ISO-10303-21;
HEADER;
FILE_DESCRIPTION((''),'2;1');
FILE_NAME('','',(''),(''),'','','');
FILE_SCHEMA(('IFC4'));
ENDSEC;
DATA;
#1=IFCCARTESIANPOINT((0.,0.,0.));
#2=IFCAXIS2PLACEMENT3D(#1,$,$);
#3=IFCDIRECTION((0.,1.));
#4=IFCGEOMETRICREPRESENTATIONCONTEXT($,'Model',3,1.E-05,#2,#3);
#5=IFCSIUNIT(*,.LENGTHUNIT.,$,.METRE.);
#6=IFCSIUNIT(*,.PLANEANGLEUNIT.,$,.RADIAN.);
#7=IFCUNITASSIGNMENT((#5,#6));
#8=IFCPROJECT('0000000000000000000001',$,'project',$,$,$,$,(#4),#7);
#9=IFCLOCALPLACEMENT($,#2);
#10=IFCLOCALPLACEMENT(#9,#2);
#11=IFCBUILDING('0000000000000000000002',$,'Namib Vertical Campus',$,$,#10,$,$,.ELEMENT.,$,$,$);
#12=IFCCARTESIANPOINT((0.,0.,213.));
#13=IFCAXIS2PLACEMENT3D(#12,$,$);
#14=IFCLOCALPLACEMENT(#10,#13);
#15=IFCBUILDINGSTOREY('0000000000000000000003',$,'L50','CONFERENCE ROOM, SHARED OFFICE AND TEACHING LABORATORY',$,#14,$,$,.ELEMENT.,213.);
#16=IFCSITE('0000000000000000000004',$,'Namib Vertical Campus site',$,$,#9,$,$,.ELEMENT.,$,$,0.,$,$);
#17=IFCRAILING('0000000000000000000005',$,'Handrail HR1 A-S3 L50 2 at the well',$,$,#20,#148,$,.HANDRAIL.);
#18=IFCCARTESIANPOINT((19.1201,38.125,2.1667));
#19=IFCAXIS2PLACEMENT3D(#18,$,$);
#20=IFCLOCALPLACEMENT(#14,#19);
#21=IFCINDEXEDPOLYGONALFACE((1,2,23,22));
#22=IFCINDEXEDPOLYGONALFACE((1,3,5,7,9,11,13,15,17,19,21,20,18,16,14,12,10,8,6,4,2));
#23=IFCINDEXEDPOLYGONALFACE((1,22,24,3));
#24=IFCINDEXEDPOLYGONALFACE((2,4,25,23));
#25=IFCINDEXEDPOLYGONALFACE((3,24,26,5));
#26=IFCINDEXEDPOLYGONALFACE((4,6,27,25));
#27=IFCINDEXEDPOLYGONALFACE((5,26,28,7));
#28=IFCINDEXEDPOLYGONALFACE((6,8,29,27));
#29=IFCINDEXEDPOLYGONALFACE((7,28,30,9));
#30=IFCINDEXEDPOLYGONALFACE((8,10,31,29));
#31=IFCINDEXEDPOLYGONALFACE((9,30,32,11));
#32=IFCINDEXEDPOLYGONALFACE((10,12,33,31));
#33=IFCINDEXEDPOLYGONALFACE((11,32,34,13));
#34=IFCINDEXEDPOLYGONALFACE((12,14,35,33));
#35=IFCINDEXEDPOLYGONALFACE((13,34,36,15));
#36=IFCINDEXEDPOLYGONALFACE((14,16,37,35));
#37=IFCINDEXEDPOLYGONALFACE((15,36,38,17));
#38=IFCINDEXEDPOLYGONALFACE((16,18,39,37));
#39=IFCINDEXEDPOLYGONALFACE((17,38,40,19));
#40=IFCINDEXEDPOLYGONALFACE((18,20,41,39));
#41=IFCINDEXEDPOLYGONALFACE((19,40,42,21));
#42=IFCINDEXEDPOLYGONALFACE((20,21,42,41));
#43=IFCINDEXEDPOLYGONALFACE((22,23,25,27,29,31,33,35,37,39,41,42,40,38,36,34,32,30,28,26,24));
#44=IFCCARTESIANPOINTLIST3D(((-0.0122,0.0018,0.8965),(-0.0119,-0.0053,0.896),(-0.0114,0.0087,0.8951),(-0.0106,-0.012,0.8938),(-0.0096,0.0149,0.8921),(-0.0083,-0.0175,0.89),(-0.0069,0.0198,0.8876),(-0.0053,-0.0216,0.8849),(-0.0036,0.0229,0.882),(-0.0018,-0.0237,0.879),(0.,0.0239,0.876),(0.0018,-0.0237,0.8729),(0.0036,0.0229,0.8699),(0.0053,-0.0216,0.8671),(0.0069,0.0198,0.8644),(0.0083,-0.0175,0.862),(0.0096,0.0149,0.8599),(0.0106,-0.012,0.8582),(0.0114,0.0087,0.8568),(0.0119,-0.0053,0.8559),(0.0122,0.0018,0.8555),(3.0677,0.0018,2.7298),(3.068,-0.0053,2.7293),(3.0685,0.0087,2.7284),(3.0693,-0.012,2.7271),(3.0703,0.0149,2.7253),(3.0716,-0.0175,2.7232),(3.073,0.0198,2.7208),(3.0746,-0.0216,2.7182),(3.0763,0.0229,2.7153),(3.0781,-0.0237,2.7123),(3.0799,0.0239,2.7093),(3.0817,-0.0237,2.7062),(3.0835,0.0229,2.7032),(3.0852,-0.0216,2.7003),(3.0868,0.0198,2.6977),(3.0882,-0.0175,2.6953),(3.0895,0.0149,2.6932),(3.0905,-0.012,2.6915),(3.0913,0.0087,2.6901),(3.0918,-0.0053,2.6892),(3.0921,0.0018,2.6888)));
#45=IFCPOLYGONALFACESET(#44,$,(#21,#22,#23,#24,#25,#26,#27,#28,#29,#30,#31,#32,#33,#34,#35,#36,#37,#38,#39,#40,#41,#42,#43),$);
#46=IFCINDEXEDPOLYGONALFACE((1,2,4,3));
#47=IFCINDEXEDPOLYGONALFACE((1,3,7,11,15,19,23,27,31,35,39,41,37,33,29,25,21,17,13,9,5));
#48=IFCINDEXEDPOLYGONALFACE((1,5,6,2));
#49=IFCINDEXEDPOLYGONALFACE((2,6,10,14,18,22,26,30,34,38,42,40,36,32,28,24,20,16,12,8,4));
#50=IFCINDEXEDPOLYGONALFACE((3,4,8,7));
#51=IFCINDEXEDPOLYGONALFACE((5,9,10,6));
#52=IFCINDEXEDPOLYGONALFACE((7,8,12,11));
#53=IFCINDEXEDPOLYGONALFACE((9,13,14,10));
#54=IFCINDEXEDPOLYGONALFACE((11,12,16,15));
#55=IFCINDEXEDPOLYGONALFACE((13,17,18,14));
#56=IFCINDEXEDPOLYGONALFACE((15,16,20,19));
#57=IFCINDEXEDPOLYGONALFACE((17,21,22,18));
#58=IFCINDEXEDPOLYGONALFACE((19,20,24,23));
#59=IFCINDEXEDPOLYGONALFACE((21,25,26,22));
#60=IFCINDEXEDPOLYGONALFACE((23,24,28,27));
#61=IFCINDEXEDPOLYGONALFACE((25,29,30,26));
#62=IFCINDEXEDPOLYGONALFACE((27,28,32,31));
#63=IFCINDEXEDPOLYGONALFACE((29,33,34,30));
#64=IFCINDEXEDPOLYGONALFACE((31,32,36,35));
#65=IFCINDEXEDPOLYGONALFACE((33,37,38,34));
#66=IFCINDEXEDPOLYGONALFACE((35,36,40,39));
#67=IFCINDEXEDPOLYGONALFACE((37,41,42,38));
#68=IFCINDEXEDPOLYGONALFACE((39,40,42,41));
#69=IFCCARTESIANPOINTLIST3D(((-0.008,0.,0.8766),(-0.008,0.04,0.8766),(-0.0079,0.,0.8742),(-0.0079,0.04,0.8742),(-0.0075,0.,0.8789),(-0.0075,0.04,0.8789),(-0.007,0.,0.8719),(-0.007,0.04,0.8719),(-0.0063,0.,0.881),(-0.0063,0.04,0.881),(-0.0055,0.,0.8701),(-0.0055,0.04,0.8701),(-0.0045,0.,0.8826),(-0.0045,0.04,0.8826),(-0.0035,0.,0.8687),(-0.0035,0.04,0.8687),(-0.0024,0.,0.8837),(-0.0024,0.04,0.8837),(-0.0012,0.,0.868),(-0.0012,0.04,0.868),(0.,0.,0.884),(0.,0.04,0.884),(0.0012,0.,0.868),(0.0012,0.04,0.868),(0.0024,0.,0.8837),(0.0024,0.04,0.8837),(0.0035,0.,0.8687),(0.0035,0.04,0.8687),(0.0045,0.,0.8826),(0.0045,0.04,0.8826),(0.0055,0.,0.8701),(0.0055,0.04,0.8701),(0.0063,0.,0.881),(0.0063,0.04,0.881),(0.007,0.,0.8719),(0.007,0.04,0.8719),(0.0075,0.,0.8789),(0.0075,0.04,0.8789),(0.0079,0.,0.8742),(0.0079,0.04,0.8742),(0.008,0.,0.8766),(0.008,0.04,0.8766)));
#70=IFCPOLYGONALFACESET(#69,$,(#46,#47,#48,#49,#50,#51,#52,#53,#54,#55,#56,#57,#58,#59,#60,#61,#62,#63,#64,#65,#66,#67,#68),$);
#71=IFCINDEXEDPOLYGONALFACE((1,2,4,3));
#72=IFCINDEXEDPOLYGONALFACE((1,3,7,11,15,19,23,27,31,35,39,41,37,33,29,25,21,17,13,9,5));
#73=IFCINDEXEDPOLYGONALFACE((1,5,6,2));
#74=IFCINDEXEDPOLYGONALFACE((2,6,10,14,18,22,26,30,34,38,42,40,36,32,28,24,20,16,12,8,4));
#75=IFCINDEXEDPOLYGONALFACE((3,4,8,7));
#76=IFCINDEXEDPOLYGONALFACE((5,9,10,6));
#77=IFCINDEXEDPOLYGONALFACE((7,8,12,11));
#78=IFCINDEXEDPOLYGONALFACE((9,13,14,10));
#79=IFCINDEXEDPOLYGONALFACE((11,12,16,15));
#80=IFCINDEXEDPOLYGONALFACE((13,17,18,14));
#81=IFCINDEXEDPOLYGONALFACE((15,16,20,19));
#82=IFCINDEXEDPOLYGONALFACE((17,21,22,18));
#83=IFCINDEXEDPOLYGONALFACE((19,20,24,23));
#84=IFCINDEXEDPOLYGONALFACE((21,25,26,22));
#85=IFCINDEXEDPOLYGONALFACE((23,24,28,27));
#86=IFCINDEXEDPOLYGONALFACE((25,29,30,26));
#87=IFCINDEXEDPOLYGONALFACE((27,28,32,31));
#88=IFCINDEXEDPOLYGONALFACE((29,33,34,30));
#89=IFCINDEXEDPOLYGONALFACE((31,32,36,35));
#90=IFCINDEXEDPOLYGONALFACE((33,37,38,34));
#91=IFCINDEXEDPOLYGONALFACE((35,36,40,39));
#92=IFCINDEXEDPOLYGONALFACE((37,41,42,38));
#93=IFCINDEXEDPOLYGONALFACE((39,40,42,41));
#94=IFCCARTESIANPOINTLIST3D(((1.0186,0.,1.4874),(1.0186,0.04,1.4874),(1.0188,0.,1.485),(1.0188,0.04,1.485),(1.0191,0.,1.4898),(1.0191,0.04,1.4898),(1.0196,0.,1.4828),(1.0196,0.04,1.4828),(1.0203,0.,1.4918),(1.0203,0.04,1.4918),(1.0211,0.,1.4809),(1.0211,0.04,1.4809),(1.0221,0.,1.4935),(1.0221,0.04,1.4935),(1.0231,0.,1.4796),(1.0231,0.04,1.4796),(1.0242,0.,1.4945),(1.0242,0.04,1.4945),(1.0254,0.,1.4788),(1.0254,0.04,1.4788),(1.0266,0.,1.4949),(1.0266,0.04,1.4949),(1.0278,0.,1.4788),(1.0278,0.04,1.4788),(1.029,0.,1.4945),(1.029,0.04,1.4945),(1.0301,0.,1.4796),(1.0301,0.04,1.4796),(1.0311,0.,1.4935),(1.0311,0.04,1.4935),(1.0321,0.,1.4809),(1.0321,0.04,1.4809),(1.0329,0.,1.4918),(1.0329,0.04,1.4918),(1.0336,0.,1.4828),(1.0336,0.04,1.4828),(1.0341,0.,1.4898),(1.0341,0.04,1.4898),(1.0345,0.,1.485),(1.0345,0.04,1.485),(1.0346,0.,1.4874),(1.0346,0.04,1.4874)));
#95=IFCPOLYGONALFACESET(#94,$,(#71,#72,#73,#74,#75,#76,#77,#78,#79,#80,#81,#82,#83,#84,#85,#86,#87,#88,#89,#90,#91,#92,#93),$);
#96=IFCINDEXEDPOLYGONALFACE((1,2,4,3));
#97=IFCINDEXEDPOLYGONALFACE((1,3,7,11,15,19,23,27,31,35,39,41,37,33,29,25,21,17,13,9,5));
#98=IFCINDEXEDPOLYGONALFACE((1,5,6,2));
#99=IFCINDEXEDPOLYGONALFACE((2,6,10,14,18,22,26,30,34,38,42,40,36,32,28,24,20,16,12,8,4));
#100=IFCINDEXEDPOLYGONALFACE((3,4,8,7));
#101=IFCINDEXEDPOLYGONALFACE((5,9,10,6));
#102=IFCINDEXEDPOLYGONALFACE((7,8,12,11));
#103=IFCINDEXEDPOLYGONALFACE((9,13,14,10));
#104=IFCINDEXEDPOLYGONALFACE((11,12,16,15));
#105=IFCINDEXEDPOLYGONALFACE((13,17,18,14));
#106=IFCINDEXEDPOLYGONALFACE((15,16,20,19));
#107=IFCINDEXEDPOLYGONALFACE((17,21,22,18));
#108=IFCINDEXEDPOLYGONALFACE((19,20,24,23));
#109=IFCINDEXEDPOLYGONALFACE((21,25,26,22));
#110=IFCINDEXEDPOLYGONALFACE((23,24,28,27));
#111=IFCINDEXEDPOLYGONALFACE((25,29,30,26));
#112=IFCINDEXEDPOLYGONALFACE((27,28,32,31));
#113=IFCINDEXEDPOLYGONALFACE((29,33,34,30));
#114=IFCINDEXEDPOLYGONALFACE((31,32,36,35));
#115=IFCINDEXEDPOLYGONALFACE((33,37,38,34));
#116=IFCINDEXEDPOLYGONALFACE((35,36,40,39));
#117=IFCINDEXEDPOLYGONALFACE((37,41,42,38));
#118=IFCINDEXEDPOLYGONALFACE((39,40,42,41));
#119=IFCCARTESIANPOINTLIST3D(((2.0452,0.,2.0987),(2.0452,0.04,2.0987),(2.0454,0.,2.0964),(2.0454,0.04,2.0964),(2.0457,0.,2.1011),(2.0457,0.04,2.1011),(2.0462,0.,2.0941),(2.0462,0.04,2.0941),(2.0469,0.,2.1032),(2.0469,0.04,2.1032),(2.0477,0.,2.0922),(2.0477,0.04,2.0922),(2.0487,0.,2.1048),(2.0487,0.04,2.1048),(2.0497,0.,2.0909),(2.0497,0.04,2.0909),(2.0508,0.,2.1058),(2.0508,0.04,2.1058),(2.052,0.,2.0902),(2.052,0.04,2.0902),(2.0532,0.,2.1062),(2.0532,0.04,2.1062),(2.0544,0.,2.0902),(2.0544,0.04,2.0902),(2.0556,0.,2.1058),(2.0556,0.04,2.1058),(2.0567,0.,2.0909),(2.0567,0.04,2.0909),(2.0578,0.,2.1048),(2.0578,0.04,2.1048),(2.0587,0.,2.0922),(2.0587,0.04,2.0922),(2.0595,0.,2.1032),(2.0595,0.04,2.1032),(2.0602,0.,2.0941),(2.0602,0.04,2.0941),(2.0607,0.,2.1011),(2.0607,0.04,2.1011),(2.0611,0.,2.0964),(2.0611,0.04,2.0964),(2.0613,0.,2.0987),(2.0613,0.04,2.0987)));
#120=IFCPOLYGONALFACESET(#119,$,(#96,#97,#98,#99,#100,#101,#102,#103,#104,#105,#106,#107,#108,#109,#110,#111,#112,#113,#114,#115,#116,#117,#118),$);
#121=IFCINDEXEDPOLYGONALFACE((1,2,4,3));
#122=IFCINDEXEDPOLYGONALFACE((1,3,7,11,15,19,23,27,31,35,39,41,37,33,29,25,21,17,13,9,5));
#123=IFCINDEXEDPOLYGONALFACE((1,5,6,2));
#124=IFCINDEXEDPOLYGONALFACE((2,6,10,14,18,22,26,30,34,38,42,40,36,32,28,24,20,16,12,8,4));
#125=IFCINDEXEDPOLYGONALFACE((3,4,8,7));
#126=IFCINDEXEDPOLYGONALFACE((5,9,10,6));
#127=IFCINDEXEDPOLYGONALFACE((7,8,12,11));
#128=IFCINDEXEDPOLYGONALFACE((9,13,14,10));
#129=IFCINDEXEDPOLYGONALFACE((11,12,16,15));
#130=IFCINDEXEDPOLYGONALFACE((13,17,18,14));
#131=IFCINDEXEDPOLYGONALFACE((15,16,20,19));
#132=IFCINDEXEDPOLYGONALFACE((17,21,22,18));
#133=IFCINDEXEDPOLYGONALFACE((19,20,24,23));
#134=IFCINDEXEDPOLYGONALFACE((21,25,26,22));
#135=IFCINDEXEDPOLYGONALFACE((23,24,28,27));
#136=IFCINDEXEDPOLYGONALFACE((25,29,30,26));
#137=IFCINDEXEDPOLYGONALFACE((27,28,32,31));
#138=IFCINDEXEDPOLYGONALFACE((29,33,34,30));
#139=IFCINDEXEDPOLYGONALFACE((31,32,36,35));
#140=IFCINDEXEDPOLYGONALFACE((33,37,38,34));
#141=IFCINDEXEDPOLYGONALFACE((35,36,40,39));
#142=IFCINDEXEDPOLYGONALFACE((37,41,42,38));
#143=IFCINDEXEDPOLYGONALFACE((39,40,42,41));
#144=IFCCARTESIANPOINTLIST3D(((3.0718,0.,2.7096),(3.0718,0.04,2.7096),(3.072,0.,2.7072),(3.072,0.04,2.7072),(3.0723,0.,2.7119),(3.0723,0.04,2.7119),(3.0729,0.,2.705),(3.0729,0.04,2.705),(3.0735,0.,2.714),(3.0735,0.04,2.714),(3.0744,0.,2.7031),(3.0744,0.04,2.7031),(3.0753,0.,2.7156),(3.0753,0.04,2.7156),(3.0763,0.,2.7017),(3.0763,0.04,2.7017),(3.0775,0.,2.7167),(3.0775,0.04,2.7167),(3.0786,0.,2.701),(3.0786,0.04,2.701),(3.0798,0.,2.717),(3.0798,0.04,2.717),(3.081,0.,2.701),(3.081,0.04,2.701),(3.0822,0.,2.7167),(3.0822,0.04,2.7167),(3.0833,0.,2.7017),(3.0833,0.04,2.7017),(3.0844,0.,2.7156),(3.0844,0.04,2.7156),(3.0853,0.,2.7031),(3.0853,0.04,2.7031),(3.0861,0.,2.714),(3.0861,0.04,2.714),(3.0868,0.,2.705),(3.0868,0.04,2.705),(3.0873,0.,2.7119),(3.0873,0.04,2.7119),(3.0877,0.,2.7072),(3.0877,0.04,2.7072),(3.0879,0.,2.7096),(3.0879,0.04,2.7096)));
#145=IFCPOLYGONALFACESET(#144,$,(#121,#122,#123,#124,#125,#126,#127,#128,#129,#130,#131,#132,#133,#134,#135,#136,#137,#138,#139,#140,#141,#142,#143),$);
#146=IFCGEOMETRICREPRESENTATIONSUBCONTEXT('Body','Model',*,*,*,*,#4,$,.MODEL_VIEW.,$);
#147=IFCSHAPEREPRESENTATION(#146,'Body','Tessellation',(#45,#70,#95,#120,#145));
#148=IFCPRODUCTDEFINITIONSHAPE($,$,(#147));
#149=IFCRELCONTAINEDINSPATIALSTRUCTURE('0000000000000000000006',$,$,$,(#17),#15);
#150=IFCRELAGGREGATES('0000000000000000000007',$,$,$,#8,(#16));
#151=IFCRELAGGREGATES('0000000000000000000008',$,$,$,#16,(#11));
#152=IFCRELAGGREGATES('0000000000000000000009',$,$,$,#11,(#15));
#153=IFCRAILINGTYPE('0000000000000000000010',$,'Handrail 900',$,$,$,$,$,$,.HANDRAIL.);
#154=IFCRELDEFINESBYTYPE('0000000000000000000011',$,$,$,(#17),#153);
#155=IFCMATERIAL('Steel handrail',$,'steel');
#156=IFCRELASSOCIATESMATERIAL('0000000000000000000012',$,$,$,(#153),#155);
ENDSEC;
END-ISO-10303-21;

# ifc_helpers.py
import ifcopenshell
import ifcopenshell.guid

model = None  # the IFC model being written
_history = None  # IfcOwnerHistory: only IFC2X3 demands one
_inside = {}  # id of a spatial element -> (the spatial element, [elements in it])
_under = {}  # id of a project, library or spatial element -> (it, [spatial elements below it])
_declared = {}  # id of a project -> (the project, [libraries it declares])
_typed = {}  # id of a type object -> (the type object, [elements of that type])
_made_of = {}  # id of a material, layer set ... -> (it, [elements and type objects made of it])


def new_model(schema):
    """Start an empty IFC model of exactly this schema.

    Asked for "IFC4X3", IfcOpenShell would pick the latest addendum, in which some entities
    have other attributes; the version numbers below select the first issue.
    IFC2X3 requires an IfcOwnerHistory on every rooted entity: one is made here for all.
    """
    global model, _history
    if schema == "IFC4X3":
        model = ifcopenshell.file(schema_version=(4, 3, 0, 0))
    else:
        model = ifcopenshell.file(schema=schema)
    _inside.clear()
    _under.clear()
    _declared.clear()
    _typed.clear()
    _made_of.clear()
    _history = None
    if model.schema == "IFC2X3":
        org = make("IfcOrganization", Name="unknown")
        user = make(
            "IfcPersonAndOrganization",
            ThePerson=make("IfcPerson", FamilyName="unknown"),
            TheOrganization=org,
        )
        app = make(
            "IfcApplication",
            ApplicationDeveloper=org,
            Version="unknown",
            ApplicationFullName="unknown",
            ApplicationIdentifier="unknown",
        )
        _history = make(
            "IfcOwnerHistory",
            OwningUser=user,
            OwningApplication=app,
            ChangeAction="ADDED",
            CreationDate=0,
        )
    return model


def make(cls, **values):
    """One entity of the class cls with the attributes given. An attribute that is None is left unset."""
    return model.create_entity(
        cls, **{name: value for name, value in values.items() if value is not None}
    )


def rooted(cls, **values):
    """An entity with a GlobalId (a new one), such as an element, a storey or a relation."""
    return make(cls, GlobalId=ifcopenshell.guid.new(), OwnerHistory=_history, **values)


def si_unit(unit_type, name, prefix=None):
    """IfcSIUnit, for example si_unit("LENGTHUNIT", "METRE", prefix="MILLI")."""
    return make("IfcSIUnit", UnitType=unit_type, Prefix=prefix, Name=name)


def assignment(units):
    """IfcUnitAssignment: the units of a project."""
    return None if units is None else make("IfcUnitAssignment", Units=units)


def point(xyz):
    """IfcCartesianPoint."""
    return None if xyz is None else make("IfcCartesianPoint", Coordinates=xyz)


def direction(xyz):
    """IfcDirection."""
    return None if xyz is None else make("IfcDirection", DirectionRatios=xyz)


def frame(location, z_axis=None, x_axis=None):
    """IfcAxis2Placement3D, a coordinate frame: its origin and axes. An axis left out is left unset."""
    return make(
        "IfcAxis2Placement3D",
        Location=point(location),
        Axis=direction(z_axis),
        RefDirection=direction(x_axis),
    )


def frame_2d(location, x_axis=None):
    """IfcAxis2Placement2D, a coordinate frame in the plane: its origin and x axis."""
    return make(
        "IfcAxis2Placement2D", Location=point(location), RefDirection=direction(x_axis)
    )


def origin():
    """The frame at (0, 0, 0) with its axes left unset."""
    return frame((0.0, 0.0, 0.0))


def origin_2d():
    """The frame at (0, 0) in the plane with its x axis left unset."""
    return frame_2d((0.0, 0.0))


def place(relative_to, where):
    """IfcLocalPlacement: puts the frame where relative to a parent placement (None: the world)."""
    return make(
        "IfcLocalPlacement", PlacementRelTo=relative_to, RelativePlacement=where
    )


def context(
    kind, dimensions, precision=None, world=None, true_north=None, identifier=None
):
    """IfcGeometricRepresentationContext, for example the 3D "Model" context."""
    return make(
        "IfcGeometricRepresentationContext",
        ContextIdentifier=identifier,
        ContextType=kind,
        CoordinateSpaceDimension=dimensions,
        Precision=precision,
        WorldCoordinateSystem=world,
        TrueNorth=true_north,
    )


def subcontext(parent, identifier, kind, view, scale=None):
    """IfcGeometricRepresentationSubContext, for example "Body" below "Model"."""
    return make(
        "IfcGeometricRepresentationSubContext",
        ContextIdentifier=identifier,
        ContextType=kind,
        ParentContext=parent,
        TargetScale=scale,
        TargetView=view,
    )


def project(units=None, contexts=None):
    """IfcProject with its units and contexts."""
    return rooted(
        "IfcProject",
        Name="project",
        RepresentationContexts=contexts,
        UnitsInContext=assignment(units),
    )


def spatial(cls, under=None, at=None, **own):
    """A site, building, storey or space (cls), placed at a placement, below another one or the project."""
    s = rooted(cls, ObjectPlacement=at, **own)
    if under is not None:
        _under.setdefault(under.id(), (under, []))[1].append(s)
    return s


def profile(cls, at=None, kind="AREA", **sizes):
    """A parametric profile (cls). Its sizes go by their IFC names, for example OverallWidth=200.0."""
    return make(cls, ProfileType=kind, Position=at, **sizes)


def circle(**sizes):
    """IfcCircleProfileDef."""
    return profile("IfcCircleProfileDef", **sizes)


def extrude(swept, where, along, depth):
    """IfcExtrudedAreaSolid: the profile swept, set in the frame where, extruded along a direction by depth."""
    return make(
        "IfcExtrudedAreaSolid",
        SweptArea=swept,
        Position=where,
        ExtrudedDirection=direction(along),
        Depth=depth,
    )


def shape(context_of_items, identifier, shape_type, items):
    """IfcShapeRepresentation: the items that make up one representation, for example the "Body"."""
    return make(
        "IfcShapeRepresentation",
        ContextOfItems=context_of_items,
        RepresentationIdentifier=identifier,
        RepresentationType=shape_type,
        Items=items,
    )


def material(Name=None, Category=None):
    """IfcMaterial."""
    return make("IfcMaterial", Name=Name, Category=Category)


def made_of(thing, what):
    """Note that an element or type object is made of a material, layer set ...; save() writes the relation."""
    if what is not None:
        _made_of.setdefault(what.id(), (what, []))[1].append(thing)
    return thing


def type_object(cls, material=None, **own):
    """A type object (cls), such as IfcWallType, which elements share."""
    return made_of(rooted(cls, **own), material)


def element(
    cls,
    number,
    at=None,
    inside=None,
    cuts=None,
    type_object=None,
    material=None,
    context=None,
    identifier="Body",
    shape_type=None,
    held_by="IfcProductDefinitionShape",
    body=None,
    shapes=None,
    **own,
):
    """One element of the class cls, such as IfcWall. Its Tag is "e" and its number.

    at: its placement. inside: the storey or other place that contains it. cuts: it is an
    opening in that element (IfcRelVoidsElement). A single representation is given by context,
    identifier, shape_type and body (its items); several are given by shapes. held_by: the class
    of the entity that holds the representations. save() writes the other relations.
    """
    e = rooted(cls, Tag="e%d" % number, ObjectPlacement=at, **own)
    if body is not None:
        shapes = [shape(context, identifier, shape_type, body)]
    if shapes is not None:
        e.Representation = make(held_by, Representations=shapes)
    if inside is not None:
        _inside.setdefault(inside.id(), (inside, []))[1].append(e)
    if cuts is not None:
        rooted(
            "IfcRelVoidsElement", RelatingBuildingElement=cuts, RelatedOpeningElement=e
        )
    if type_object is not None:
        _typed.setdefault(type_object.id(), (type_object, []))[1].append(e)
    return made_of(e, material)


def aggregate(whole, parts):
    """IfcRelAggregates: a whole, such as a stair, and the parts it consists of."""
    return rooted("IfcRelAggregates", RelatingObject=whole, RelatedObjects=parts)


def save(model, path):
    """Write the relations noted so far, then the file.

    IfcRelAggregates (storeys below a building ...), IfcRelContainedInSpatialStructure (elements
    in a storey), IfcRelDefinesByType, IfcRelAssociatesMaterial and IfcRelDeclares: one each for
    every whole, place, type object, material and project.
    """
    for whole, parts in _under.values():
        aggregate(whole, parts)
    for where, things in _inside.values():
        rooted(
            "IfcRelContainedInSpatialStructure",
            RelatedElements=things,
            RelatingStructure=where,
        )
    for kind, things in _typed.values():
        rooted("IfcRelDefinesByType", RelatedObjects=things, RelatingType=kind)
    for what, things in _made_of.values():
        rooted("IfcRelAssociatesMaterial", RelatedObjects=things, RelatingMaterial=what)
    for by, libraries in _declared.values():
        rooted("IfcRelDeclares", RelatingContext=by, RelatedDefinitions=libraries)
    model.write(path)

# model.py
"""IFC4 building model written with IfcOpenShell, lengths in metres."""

from ifc_helpers import new_model, si_unit, direction, frame, origin, origin_2d, place, context, subcontext, project, spatial, circle, extrude, material, type_object, element, save


model = new_model("IFC4")

# Units and contexts
model_context = context("Model", 3, precision=1e-05, world=origin(), true_north=direction((0.0, 1.0)))
body_context = subcontext(model_context, "Body", "Model", "MODEL_VIEW")
ifc_project = project(units=[si_unit("LENGTHUNIT", "METRE"), si_unit("PLANEANGLEUNIT", "RADIAN")], contexts=[model_context])

# Site, building, storey
site_placement = place(None, origin())
site = spatial("IfcSite", under=ifc_project, at=site_placement, Name="Namib Vertical Campus site", CompositionType="ELEMENT", RefElevation=0.0)
building_placement = place(site_placement, origin())
building = spatial("IfcBuilding", under=site, at=building_placement, Name="Namib Vertical Campus", CompositionType="ELEMENT")
storey_placement = place(building_placement, frame((0.0, 0.0, 213.0)))
storey = spatial("IfcBuildingStorey", under=building, at=storey_placement, Name="L50", Description="CONFERENCE ROOM, SHARED OFFICE AND TEACHING LABORATORY", CompositionType="ELEMENT", Elevation=213.0)

# Railing
ifc_material_1 = material(Name="Steel handrail", Category="steel")
railing_type_1 = type_object("IfcRailingType", Name="Handrail 900", PredefinedType="HANDRAIL", material=ifc_material_1)
railing_1_placement = place(storey_placement, frame((19.1201, 38.125, 2.1667)))
element("IfcRailing", 1, at=railing_1_placement, inside=storey, type_object=railing_type_1, Name="Handrail HR1 A-S3 L50 2 at the well", PredefinedType="HANDRAIL", context=body_context, shape_type="SweptSolid", body=[
    extrude(circle(Radius=0.0239, at=origin_2d()), frame((0.0, 0.0, 0.876), z_axis=(0.859291, 0.0, 0.511487), x_axis=(0.0, 1.0, 0.0)), (0.0, 0.0, 1.0), 3.5842),
    extrude(circle(Radius=0.0081, at=origin_2d()), frame((0.0, 0.0, 0.876), z_axis=(0.0, 1.0, 0.0), x_axis=(0.0, 0.0, 1.0)), (0.0, 0.0, 1.0), 0.04),
    extrude(circle(Radius=0.0081, at=origin_2d()), frame((1.0266, 0.0, 1.4868), z_axis=(0.0, 1.0, 0.0), x_axis=(0.0, 0.0, 1.0)), (0.0, 0.0, 1.0), 0.04),
    extrude(circle(Radius=0.0081, at=origin_2d()), frame((2.0532, 0.0, 2.0981), z_axis=(0.0, 1.0, 0.0), x_axis=(0.0, 0.0, 1.0)), (0.0, 0.0, 1.0), 0.04),
    extrude(circle(Radius=0.0081, at=origin_2d()), frame((3.0798, 0.0, 2.709), z_axis=(0.0, 1.0, 0.0), x_axis=(0.0, 0.0, 1.0)), (0.0, 0.0, 1.0), 0.04),
])

save(model, "model.ifc")
